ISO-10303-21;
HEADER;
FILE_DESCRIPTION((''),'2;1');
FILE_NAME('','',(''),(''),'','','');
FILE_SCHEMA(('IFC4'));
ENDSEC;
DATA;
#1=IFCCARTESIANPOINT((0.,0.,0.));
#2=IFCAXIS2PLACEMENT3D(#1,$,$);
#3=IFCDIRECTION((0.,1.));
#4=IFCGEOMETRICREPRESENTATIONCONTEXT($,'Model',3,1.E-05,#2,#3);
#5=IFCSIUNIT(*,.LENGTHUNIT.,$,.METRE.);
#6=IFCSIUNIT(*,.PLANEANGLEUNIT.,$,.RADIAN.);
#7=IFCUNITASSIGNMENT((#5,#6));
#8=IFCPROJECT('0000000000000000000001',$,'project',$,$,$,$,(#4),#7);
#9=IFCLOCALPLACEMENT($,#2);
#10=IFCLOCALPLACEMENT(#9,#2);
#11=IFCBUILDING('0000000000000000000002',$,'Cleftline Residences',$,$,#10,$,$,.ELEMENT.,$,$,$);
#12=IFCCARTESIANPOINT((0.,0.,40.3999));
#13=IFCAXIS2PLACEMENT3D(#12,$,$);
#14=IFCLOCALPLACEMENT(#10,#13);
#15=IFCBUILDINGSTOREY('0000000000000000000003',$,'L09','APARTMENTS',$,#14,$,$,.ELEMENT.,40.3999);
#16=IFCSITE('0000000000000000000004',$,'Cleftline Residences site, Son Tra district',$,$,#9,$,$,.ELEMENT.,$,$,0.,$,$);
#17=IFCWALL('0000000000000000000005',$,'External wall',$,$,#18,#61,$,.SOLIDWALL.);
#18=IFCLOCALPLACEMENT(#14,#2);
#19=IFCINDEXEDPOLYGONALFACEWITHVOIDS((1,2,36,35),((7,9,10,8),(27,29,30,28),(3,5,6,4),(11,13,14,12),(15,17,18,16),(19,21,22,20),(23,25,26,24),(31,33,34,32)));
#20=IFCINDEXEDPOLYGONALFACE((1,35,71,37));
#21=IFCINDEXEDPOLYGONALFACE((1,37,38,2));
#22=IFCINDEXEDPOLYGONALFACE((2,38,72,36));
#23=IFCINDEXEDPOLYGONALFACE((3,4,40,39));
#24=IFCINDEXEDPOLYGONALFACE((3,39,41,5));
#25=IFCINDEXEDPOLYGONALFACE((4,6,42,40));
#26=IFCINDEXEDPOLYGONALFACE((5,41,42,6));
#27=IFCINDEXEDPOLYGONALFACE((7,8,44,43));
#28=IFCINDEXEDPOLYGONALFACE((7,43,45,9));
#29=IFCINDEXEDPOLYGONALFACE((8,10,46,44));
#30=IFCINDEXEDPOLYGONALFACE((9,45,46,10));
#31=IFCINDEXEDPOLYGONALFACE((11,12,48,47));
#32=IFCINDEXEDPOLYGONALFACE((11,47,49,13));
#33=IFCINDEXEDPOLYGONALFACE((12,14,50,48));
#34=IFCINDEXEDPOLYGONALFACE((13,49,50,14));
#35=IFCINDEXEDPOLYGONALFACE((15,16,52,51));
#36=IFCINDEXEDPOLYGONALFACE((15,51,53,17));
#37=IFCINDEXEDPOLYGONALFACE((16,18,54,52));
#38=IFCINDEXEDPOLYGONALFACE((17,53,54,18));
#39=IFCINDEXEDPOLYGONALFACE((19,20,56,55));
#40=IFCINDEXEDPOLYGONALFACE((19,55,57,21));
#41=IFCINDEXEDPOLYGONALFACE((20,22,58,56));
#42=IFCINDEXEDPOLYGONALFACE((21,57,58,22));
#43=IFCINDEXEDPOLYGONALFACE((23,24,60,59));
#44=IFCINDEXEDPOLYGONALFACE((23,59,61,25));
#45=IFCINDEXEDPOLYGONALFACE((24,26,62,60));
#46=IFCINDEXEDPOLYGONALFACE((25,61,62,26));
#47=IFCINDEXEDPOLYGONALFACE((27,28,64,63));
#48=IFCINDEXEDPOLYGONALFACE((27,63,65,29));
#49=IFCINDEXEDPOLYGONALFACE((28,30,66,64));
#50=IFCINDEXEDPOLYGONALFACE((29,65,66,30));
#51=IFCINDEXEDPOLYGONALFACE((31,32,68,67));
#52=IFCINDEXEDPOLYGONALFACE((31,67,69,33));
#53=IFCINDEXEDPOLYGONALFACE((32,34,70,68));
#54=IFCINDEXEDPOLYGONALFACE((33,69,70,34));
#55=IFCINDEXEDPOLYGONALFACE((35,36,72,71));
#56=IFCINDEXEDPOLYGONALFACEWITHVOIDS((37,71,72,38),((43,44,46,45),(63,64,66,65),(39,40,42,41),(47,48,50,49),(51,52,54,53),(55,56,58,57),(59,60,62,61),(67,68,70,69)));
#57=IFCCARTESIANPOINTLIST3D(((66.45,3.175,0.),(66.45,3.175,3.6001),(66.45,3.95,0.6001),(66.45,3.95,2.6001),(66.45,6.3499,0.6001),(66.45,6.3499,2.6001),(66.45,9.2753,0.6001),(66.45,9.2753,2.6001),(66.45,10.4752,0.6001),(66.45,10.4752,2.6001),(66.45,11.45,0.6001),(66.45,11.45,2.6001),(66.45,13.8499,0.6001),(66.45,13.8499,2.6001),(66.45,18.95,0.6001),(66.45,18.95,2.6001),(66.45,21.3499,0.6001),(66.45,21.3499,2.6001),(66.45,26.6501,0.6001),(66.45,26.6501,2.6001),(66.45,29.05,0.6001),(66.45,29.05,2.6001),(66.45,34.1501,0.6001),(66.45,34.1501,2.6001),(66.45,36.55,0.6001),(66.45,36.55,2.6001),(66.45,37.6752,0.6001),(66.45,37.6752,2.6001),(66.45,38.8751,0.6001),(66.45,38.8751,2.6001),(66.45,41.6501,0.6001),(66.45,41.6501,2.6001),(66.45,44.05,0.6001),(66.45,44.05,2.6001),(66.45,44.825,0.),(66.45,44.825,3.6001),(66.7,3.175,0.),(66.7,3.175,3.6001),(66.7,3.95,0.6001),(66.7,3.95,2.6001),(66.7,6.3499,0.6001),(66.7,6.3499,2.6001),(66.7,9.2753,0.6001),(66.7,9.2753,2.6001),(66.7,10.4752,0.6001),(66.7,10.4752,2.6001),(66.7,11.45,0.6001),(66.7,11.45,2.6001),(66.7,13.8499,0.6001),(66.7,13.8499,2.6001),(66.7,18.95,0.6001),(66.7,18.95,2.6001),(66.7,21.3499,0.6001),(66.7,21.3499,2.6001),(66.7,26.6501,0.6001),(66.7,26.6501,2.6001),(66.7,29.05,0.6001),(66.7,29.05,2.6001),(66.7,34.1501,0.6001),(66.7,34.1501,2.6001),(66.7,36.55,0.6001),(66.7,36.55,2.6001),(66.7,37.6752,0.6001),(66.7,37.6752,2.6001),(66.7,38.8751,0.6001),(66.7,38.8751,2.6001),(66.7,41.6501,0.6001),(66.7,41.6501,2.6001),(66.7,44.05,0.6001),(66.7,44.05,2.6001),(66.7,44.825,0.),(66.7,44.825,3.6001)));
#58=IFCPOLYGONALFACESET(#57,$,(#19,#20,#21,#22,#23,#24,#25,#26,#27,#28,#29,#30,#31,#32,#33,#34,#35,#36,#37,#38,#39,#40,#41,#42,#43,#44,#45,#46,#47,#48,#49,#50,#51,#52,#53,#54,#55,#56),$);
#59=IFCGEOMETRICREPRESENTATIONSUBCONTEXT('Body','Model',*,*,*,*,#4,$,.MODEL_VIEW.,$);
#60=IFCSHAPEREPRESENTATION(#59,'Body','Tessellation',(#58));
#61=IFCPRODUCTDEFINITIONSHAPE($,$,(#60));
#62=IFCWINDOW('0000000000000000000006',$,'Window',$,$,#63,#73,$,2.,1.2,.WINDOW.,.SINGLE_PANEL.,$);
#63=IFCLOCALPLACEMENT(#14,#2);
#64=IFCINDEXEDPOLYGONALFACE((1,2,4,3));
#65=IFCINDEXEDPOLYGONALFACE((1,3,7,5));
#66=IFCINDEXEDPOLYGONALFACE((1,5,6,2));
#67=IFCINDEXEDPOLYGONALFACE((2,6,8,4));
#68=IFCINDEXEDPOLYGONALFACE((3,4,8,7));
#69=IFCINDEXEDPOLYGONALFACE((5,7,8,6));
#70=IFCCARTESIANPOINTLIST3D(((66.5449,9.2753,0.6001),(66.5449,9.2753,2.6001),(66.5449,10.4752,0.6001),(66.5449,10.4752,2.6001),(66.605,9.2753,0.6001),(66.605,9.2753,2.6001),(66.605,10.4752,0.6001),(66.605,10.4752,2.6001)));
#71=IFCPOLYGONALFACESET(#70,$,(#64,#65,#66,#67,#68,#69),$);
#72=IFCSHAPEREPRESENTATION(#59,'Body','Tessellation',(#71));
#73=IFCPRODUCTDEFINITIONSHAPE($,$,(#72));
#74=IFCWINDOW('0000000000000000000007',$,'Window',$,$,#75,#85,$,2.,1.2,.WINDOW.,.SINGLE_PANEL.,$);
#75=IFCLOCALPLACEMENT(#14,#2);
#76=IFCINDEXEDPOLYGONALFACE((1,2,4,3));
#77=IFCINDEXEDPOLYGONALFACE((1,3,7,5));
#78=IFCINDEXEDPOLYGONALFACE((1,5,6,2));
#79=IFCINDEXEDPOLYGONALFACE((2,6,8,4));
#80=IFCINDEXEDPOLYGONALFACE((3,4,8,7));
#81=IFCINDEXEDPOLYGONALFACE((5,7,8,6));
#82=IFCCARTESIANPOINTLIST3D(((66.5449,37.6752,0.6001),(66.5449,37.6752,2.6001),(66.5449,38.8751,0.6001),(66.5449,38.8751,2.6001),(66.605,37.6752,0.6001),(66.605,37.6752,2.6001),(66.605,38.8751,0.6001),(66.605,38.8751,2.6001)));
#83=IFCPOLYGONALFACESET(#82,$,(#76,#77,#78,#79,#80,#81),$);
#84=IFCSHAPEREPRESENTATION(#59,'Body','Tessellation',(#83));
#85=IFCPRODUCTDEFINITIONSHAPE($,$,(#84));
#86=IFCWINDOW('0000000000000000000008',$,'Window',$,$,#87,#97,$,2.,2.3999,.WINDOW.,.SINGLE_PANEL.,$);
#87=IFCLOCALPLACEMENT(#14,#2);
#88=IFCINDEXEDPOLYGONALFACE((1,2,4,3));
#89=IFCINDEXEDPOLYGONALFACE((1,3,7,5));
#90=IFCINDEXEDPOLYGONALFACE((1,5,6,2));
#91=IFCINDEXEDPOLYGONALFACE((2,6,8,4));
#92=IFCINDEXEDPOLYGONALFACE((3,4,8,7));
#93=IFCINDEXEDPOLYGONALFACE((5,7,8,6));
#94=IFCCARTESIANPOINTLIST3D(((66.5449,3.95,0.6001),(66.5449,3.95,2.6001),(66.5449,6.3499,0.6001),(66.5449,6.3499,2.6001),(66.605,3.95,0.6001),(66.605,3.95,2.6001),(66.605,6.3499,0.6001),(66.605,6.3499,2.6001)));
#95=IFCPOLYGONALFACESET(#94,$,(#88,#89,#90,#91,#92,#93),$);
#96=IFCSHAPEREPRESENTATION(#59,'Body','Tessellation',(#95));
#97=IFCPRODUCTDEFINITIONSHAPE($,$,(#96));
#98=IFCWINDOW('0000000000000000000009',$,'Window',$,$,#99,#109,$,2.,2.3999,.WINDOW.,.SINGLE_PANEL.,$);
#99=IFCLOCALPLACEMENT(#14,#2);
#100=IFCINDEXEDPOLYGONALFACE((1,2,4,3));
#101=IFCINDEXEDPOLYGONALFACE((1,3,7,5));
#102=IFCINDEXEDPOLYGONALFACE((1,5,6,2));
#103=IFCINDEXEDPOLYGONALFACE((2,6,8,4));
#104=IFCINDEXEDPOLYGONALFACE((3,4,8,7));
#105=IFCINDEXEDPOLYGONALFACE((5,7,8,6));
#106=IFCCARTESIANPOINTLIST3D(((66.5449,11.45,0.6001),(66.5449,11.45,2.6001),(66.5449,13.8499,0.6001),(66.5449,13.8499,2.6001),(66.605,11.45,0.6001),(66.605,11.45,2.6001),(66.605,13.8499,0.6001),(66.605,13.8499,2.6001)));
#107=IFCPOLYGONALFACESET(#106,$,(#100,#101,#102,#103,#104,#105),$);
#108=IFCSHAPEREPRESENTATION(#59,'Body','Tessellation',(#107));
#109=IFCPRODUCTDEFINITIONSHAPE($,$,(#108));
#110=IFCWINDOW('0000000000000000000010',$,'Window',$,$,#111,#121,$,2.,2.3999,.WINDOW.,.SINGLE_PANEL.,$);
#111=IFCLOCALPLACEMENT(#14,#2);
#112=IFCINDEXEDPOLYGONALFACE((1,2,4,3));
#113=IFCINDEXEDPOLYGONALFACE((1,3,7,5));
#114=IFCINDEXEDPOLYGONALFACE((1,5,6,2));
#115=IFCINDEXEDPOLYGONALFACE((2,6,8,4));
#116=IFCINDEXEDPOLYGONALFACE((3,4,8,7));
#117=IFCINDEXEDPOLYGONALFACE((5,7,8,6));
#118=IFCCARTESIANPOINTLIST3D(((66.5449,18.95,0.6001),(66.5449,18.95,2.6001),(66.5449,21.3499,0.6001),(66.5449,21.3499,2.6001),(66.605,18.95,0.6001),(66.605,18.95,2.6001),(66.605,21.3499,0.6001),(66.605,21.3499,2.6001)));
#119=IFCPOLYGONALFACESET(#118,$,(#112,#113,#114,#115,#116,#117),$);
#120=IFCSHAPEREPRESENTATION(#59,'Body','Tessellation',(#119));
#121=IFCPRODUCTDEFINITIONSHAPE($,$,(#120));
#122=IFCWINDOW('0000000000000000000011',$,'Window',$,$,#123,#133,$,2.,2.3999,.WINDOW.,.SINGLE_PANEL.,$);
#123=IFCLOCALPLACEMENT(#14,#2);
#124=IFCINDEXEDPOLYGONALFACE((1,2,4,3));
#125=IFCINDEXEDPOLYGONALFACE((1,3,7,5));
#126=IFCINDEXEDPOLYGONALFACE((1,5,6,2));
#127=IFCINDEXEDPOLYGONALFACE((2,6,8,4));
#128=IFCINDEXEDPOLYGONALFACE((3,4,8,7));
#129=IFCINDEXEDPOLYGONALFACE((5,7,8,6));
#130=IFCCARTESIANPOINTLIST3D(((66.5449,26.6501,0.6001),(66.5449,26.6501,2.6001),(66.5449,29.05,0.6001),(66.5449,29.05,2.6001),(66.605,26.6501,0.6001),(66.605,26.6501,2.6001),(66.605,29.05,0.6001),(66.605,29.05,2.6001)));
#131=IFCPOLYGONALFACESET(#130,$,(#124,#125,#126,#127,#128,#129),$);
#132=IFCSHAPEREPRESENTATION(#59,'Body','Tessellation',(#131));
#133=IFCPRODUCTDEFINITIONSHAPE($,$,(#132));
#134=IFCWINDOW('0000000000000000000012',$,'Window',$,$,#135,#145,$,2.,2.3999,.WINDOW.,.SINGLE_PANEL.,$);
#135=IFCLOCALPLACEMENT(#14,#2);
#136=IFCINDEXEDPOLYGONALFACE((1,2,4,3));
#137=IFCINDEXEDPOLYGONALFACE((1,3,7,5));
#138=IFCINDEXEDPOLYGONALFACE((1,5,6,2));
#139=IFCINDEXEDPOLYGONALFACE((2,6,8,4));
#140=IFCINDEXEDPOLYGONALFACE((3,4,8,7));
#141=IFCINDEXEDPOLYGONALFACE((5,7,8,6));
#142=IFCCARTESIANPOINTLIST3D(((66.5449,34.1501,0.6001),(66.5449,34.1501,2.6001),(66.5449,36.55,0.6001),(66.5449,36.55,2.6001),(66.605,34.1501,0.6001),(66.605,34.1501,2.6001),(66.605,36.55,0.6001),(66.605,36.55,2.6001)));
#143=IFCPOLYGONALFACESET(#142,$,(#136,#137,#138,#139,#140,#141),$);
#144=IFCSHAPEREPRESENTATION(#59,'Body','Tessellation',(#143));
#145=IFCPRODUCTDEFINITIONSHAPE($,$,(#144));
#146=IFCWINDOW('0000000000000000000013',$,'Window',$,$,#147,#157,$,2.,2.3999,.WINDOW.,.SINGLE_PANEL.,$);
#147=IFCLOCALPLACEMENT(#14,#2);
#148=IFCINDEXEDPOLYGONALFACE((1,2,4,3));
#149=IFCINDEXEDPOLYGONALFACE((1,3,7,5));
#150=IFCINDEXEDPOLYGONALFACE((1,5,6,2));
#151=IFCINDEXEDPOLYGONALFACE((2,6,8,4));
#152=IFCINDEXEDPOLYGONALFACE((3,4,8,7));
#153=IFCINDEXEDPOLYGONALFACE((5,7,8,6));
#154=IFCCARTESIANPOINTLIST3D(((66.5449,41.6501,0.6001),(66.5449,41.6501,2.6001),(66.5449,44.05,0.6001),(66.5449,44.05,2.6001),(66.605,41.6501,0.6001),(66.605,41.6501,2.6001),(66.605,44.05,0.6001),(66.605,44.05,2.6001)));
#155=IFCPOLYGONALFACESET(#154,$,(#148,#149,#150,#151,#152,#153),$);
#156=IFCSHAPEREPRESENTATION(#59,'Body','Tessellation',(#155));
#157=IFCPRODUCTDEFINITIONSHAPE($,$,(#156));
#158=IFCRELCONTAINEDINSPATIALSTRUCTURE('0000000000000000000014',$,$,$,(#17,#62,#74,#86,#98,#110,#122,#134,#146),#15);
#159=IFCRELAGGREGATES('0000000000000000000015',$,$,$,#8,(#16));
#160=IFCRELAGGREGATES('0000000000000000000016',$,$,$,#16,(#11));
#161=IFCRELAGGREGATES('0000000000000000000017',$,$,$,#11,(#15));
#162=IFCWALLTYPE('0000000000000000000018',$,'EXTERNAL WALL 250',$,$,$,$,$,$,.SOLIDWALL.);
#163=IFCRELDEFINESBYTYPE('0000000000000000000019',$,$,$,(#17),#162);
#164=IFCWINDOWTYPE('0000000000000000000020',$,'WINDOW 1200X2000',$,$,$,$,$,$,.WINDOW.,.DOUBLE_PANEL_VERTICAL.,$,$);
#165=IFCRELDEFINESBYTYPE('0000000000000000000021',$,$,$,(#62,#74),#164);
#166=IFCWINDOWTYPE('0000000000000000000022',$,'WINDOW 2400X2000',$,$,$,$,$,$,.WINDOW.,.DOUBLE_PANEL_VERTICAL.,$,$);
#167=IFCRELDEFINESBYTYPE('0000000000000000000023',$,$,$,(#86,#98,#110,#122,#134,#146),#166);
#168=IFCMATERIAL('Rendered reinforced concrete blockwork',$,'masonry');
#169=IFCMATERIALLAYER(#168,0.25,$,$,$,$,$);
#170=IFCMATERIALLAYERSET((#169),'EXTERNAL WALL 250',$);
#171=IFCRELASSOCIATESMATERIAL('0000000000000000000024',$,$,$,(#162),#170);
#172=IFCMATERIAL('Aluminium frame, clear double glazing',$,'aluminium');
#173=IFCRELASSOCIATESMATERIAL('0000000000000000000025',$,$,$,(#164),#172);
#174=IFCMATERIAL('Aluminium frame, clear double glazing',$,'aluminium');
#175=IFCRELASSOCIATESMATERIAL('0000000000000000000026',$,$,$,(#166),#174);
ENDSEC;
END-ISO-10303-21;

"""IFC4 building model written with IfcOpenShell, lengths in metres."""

from ifc_helpers import new_model, si_unit, direction, frame, frame_2d, origin, place, context, subcontext, project, spatial, rectangle, extrude, material, layer, layer_set, type_object, element, fill, save


model = new_model("IFC4")

# Units and contexts
model_context = context("Model", 3, precision=1e-05, world=origin(), true_north=direction((0.0, 1.0)))
body_context = subcontext(model_context, "Body", "Model", "MODEL_VIEW")
ifc_project = project(units=[si_unit("LENGTHUNIT", "METRE"), si_unit("PLANEANGLEUNIT", "RADIAN")], contexts=[model_context])

# Site, building, storey
site_placement = place(None, origin())
site = spatial("IfcSite", under=ifc_project, at=site_placement, Name="Cleftline Residences site, Son Tra district", CompositionType="ELEMENT", RefElevation=0.0)
building_placement = place(site_placement, origin())
building = spatial("IfcBuilding", under=site, at=building_placement, Name="Cleftline Residences", CompositionType="ELEMENT")
storey_placement = place(building_placement, frame((0.0, 0.0, 40.3999)))
storey = spatial("IfcBuildingStorey", under=building, at=storey_placement, Name="L09", Description="APARTMENTS", CompositionType="ELEMENT", Elevation=40.3999)

# Wall, openings, windows
ifc_material_1 = material(Name="Rendered reinforced concrete blockwork", Category="masonry")
ifc_layer_1 = layer(ifc_material_1, 0.25)
ifc_layer_set_1 = layer_set([ifc_layer_1], Name="EXTERNAL WALL 250")
wall_type = type_object("IfcWallType", Name="EXTERNAL WALL 250", PredefinedType="SOLIDWALL", material=ifc_layer_set_1)
wall_placement = place(storey_placement, frame((66.575, 3.175, 0.0), z_axis=(0.0, 0.0, 1.0), x_axis=(0.0, 1.0, 0.0)))
wall = element("IfcWall", 1, at=wall_placement, inside=storey, type_object=wall_type, Name="External wall", PredefinedType="SOLIDWALL", context=body_context, shape_type="SweptSolid", body=[
    extrude(rectangle(XDim=41.6499, YDim=0.25, at=frame_2d((20.825, 0.0))), origin(), (0.0, 0.0, 1.0), 3.6001),
])
opening_1_placement = place(wall_placement, frame((0.7749, 0.0, 0.6001)))
opening_1 = element("IfcOpeningElement", 2, at=opening_1_placement, cuts=wall, PredefinedType="OPENING", context=body_context, shape_type="SweptSolid", body=[
    extrude(rectangle(XDim=2.3999, YDim=2.0, at=frame_2d((1.2, 1.0))), frame((0.0, 0.135, 0.0), z_axis=(0.0, -1.0, 0.0), x_axis=(1.0, 0.0, 0.0)), (0.0, 0.0, 1.0), 0.27),
])
opening_2_placement = place(wall_placement, frame((6.1001, 0.0, 0.6001)))
opening_2 = element("IfcOpeningElement", 3, at=opening_2_placement, cuts=wall, PredefinedType="OPENING", context=body_context, shape_type="SweptSolid", body=[
    extrude(rectangle(XDim=1.2, YDim=2.0, at=frame_2d((0.6001, 1.0))), frame((0.0, 0.135, 0.0), z_axis=(0.0, -1.0, 0.0), x_axis=(1.0, 0.0, 0.0)), (0.0, 0.0, 1.0), 0.27),
])
opening_3_placement = place(wall_placement, frame((8.2749, 0.0, 0.6001)))
opening_3 = element("IfcOpeningElement", 4, at=opening_3_placement, cuts=wall, PredefinedType="OPENING", context=body_context, shape_type="SweptSolid", body=[
    extrude(rectangle(XDim=2.3999, YDim=2.0, at=frame_2d((1.2, 1.0))), frame((0.0, 0.135, 0.0), z_axis=(0.0, -1.0, 0.0), x_axis=(1.0, 0.0, 0.0)), (0.0, 0.0, 1.0), 0.27),
])
opening_4_placement = place(wall_placement, frame((15.7749, 0.0, 0.6001)))
opening_4 = element("IfcOpeningElement", 5, at=opening_4_placement, cuts=wall, PredefinedType="OPENING", context=body_context, shape_type="SweptSolid", body=[
    extrude(rectangle(XDim=2.3999, YDim=2.0, at=frame_2d((1.2, 1.0))), frame((0.0, 0.135, 0.0), z_axis=(0.0, -1.0, 0.0), x_axis=(1.0, 0.0, 0.0)), (0.0, 0.0, 1.0), 0.27),
])
opening_5_placement = place(wall_placement, frame((23.4751, 0.0, 0.6001)))
opening_5 = element("IfcOpeningElement", 6, at=opening_5_placement, cuts=wall, PredefinedType="OPENING", context=body_context, shape_type="SweptSolid", body=[
    extrude(rectangle(XDim=2.3999, YDim=2.0, at=frame_2d((1.2, 1.0))), frame((0.0, 0.135, 0.0), z_axis=(0.0, -1.0, 0.0), x_axis=(1.0, 0.0, 0.0)), (0.0, 0.0, 1.0), 0.27),
])
opening_6_placement = place(wall_placement, frame((30.9751, 0.0, 0.6001)))
opening_6 = element("IfcOpeningElement", 7, at=opening_6_placement, cuts=wall, PredefinedType="OPENING", context=body_context, shape_type="SweptSolid", body=[
    extrude(rectangle(XDim=2.3999, YDim=2.0, at=frame_2d((1.2, 1.0))), frame((0.0, 0.135, 0.0), z_axis=(0.0, -1.0, 0.0), x_axis=(1.0, 0.0, 0.0)), (0.0, 0.0, 1.0), 0.27),
])
opening_7_placement = place(wall_placement, frame((34.5, 0.0, 0.6001)))
opening_7 = element("IfcOpeningElement", 8, at=opening_7_placement, cuts=wall, PredefinedType="OPENING", context=body_context, shape_type="SweptSolid", body=[
    extrude(rectangle(XDim=1.2, YDim=2.0, at=frame_2d((0.6001, 1.0))), frame((0.0, 0.135, 0.0), z_axis=(0.0, -1.0, 0.0), x_axis=(1.0, 0.0, 0.0)), (0.0, 0.0, 1.0), 0.27),
])
opening_8_placement = place(wall_placement, frame((38.4751, 0.0, 0.6001)))
opening_8 = element("IfcOpeningElement", 9, at=opening_8_placement, cuts=wall, PredefinedType="OPENING", context=body_context, shape_type="SweptSolid", body=[
    extrude(rectangle(XDim=2.3999, YDim=2.0, at=frame_2d((1.2, 1.0))), frame((0.0, 0.135, 0.0), z_axis=(0.0, -1.0, 0.0), x_axis=(1.0, 0.0, 0.0)), (0.0, 0.0, 1.0), 0.27),
])
ifc_material_2 = material(Name="Aluminium frame, clear double glazing", Category="aluminium")
window_type_1 = type_object("IfcWindowType", Name="WINDOW 1200X2000", PartitioningType="DOUBLE_PANEL_VERTICAL", PredefinedType="WINDOW", material=ifc_material_2)
window_1_placement = place(opening_2_placement, origin())
window_1 = element("IfcWindow", 10, at=window_1_placement, inside=storey, type_object=window_type_1, Name="Window", OverallHeight=2.0, OverallWidth=1.2, PartitioningType="SINGLE_PANEL", PredefinedType="WINDOW", context=body_context, shape_type="SweptSolid", body=[
    extrude(rectangle(XDim=1.2, YDim=2.0, at=frame_2d((0.6001, 1.0))), frame((0.0, 0.03, 0.0), z_axis=(0.0, -1.0, 0.0), x_axis=(1.0, 0.0, 0.0)), (0.0, 0.0, 1.0), 0.0601),
])
fill(opening_2, window_1)
window_2_placement = place(opening_7_placement, origin())
window_2 = element("IfcWindow", 11, at=window_2_placement, inside=storey, type_object=window_type_1, Name="Window", OverallHeight=2.0, OverallWidth=1.2, PartitioningType="SINGLE_PANEL", PredefinedType="WINDOW", context=body_context, shape_type="SweptSolid", body=[
    extrude(rectangle(XDim=1.2, YDim=2.0, at=frame_2d((0.6001, 1.0))), frame((0.0, 0.03, 0.0), z_axis=(0.0, -1.0, 0.0), x_axis=(1.0, 0.0, 0.0)), (0.0, 0.0, 1.0), 0.0601),
])
fill(opening_7, window_2)
ifc_material_3 = material(Name="Aluminium frame, clear double glazing", Category="aluminium")
window_type_2 = type_object("IfcWindowType", Name="WINDOW 2400X2000", PartitioningType="DOUBLE_PANEL_VERTICAL", PredefinedType="WINDOW", material=ifc_material_3)
window_3_placement = place(opening_1_placement, origin())
window_3 = element("IfcWindow", 12, at=window_3_placement, inside=storey, type_object=window_type_2, Name="Window", OverallHeight=2.0, OverallWidth=2.3999, PartitioningType="SINGLE_PANEL", PredefinedType="WINDOW", context=body_context, shape_type="SweptSolid", body=[
    extrude(rectangle(XDim=2.3999, YDim=2.0, at=frame_2d((1.2, 1.0))), frame((0.0, 0.03, 0.0), z_axis=(0.0, -1.0, 0.0), x_axis=(1.0, 0.0, 0.0)), (0.0, 0.0, 1.0), 0.0601),
])
fill(opening_1, window_3)
window_4_placement = place(opening_3_placement, origin())
window_4 = element("IfcWindow", 13, at=window_4_placement, inside=storey, type_object=window_type_2, Name="Window", OverallHeight=2.0, OverallWidth=2.3999, PartitioningType="SINGLE_PANEL", PredefinedType="WINDOW", context=body_context, shape_type="SweptSolid", body=[
    extrude(rectangle(XDim=2.3999, YDim=2.0, at=frame_2d((1.2, 1.0))), frame((0.0, 0.03, 0.0), z_axis=(0.0, -1.0, 0.0), x_axis=(1.0, 0.0, 0.0)), (0.0, 0.0, 1.0), 0.0601),
])
fill(opening_3, window_4)
window_5_placement = place(opening_4_placement, origin())
window_5 = element("IfcWindow", 14, at=window_5_placement, inside=storey, type_object=window_type_2, Name="Window", OverallHeight=2.0, OverallWidth=2.3999, PartitioningType="SINGLE_PANEL", PredefinedType="WINDOW", context=body_context, shape_type="SweptSolid", body=[
    extrude(rectangle(XDim=2.3999, YDim=2.0, at=frame_2d((1.2, 1.0))), frame((0.0, 0.03, 0.0), z_axis=(0.0, -1.0, 0.0), x_axis=(1.0, 0.0, 0.0)), (0.0, 0.0, 1.0), 0.0601),
])
fill(opening_4, window_5)
window_6_placement = place(opening_5_placement, origin())
window_6 = element("IfcWindow", 15, at=window_6_placement, inside=storey, type_object=window_type_2, Name="Window", OverallHeight=2.0, OverallWidth=2.3999, PartitioningType="SINGLE_PANEL", PredefinedType="WINDOW", context=body_context, shape_type="SweptSolid", body=[
    extrude(rectangle(XDim=2.3999, YDim=2.0, at=frame_2d((1.2, 1.0))), frame((0.0, 0.03, 0.0), z_axis=(0.0, -1.0, 0.0), x_axis=(1.0, 0.0, 0.0)), (0.0, 0.0, 1.0), 0.0601),
])
fill(opening_5, window_6)
window_7_placement = place(opening_6_placement, origin())
window_7 = element("IfcWindow", 16, at=window_7_placement, inside=storey, type_object=window_type_2, Name="Window", OverallHeight=2.0, OverallWidth=2.3999, PartitioningType="SINGLE_PANEL", PredefinedType="WINDOW", context=body_context, shape_type="SweptSolid", body=[
    extrude(rectangle(XDim=2.3999, YDim=2.0, at=frame_2d((1.2, 1.0))), frame((0.0, 0.03, 0.0), z_axis=(0.0, -1.0, 0.0), x_axis=(1.0, 0.0, 0.0)), (0.0, 0.0, 1.0), 0.0601),
])
fill(opening_6, window_7)
window_8_placement = place(opening_8_placement, origin())
window_8 = element("IfcWindow", 17, at=window_8_placement, inside=storey, type_object=window_type_2, Name="Window", OverallHeight=2.0, OverallWidth=2.3999, PartitioningType="SINGLE_PANEL", PredefinedType="WINDOW", context=body_context, shape_type="SweptSolid", body=[
    extrude(rectangle(XDim=2.3999, YDim=2.0, at=frame_2d((1.2, 1.0))), frame((0.0, 0.03, 0.0), z_axis=(0.0, -1.0, 0.0), x_axis=(1.0, 0.0, 0.0)), (0.0, 0.0, 1.0), 0.0601),
])
fill(opening_8, window_8)

save(model, "model.ifc")
